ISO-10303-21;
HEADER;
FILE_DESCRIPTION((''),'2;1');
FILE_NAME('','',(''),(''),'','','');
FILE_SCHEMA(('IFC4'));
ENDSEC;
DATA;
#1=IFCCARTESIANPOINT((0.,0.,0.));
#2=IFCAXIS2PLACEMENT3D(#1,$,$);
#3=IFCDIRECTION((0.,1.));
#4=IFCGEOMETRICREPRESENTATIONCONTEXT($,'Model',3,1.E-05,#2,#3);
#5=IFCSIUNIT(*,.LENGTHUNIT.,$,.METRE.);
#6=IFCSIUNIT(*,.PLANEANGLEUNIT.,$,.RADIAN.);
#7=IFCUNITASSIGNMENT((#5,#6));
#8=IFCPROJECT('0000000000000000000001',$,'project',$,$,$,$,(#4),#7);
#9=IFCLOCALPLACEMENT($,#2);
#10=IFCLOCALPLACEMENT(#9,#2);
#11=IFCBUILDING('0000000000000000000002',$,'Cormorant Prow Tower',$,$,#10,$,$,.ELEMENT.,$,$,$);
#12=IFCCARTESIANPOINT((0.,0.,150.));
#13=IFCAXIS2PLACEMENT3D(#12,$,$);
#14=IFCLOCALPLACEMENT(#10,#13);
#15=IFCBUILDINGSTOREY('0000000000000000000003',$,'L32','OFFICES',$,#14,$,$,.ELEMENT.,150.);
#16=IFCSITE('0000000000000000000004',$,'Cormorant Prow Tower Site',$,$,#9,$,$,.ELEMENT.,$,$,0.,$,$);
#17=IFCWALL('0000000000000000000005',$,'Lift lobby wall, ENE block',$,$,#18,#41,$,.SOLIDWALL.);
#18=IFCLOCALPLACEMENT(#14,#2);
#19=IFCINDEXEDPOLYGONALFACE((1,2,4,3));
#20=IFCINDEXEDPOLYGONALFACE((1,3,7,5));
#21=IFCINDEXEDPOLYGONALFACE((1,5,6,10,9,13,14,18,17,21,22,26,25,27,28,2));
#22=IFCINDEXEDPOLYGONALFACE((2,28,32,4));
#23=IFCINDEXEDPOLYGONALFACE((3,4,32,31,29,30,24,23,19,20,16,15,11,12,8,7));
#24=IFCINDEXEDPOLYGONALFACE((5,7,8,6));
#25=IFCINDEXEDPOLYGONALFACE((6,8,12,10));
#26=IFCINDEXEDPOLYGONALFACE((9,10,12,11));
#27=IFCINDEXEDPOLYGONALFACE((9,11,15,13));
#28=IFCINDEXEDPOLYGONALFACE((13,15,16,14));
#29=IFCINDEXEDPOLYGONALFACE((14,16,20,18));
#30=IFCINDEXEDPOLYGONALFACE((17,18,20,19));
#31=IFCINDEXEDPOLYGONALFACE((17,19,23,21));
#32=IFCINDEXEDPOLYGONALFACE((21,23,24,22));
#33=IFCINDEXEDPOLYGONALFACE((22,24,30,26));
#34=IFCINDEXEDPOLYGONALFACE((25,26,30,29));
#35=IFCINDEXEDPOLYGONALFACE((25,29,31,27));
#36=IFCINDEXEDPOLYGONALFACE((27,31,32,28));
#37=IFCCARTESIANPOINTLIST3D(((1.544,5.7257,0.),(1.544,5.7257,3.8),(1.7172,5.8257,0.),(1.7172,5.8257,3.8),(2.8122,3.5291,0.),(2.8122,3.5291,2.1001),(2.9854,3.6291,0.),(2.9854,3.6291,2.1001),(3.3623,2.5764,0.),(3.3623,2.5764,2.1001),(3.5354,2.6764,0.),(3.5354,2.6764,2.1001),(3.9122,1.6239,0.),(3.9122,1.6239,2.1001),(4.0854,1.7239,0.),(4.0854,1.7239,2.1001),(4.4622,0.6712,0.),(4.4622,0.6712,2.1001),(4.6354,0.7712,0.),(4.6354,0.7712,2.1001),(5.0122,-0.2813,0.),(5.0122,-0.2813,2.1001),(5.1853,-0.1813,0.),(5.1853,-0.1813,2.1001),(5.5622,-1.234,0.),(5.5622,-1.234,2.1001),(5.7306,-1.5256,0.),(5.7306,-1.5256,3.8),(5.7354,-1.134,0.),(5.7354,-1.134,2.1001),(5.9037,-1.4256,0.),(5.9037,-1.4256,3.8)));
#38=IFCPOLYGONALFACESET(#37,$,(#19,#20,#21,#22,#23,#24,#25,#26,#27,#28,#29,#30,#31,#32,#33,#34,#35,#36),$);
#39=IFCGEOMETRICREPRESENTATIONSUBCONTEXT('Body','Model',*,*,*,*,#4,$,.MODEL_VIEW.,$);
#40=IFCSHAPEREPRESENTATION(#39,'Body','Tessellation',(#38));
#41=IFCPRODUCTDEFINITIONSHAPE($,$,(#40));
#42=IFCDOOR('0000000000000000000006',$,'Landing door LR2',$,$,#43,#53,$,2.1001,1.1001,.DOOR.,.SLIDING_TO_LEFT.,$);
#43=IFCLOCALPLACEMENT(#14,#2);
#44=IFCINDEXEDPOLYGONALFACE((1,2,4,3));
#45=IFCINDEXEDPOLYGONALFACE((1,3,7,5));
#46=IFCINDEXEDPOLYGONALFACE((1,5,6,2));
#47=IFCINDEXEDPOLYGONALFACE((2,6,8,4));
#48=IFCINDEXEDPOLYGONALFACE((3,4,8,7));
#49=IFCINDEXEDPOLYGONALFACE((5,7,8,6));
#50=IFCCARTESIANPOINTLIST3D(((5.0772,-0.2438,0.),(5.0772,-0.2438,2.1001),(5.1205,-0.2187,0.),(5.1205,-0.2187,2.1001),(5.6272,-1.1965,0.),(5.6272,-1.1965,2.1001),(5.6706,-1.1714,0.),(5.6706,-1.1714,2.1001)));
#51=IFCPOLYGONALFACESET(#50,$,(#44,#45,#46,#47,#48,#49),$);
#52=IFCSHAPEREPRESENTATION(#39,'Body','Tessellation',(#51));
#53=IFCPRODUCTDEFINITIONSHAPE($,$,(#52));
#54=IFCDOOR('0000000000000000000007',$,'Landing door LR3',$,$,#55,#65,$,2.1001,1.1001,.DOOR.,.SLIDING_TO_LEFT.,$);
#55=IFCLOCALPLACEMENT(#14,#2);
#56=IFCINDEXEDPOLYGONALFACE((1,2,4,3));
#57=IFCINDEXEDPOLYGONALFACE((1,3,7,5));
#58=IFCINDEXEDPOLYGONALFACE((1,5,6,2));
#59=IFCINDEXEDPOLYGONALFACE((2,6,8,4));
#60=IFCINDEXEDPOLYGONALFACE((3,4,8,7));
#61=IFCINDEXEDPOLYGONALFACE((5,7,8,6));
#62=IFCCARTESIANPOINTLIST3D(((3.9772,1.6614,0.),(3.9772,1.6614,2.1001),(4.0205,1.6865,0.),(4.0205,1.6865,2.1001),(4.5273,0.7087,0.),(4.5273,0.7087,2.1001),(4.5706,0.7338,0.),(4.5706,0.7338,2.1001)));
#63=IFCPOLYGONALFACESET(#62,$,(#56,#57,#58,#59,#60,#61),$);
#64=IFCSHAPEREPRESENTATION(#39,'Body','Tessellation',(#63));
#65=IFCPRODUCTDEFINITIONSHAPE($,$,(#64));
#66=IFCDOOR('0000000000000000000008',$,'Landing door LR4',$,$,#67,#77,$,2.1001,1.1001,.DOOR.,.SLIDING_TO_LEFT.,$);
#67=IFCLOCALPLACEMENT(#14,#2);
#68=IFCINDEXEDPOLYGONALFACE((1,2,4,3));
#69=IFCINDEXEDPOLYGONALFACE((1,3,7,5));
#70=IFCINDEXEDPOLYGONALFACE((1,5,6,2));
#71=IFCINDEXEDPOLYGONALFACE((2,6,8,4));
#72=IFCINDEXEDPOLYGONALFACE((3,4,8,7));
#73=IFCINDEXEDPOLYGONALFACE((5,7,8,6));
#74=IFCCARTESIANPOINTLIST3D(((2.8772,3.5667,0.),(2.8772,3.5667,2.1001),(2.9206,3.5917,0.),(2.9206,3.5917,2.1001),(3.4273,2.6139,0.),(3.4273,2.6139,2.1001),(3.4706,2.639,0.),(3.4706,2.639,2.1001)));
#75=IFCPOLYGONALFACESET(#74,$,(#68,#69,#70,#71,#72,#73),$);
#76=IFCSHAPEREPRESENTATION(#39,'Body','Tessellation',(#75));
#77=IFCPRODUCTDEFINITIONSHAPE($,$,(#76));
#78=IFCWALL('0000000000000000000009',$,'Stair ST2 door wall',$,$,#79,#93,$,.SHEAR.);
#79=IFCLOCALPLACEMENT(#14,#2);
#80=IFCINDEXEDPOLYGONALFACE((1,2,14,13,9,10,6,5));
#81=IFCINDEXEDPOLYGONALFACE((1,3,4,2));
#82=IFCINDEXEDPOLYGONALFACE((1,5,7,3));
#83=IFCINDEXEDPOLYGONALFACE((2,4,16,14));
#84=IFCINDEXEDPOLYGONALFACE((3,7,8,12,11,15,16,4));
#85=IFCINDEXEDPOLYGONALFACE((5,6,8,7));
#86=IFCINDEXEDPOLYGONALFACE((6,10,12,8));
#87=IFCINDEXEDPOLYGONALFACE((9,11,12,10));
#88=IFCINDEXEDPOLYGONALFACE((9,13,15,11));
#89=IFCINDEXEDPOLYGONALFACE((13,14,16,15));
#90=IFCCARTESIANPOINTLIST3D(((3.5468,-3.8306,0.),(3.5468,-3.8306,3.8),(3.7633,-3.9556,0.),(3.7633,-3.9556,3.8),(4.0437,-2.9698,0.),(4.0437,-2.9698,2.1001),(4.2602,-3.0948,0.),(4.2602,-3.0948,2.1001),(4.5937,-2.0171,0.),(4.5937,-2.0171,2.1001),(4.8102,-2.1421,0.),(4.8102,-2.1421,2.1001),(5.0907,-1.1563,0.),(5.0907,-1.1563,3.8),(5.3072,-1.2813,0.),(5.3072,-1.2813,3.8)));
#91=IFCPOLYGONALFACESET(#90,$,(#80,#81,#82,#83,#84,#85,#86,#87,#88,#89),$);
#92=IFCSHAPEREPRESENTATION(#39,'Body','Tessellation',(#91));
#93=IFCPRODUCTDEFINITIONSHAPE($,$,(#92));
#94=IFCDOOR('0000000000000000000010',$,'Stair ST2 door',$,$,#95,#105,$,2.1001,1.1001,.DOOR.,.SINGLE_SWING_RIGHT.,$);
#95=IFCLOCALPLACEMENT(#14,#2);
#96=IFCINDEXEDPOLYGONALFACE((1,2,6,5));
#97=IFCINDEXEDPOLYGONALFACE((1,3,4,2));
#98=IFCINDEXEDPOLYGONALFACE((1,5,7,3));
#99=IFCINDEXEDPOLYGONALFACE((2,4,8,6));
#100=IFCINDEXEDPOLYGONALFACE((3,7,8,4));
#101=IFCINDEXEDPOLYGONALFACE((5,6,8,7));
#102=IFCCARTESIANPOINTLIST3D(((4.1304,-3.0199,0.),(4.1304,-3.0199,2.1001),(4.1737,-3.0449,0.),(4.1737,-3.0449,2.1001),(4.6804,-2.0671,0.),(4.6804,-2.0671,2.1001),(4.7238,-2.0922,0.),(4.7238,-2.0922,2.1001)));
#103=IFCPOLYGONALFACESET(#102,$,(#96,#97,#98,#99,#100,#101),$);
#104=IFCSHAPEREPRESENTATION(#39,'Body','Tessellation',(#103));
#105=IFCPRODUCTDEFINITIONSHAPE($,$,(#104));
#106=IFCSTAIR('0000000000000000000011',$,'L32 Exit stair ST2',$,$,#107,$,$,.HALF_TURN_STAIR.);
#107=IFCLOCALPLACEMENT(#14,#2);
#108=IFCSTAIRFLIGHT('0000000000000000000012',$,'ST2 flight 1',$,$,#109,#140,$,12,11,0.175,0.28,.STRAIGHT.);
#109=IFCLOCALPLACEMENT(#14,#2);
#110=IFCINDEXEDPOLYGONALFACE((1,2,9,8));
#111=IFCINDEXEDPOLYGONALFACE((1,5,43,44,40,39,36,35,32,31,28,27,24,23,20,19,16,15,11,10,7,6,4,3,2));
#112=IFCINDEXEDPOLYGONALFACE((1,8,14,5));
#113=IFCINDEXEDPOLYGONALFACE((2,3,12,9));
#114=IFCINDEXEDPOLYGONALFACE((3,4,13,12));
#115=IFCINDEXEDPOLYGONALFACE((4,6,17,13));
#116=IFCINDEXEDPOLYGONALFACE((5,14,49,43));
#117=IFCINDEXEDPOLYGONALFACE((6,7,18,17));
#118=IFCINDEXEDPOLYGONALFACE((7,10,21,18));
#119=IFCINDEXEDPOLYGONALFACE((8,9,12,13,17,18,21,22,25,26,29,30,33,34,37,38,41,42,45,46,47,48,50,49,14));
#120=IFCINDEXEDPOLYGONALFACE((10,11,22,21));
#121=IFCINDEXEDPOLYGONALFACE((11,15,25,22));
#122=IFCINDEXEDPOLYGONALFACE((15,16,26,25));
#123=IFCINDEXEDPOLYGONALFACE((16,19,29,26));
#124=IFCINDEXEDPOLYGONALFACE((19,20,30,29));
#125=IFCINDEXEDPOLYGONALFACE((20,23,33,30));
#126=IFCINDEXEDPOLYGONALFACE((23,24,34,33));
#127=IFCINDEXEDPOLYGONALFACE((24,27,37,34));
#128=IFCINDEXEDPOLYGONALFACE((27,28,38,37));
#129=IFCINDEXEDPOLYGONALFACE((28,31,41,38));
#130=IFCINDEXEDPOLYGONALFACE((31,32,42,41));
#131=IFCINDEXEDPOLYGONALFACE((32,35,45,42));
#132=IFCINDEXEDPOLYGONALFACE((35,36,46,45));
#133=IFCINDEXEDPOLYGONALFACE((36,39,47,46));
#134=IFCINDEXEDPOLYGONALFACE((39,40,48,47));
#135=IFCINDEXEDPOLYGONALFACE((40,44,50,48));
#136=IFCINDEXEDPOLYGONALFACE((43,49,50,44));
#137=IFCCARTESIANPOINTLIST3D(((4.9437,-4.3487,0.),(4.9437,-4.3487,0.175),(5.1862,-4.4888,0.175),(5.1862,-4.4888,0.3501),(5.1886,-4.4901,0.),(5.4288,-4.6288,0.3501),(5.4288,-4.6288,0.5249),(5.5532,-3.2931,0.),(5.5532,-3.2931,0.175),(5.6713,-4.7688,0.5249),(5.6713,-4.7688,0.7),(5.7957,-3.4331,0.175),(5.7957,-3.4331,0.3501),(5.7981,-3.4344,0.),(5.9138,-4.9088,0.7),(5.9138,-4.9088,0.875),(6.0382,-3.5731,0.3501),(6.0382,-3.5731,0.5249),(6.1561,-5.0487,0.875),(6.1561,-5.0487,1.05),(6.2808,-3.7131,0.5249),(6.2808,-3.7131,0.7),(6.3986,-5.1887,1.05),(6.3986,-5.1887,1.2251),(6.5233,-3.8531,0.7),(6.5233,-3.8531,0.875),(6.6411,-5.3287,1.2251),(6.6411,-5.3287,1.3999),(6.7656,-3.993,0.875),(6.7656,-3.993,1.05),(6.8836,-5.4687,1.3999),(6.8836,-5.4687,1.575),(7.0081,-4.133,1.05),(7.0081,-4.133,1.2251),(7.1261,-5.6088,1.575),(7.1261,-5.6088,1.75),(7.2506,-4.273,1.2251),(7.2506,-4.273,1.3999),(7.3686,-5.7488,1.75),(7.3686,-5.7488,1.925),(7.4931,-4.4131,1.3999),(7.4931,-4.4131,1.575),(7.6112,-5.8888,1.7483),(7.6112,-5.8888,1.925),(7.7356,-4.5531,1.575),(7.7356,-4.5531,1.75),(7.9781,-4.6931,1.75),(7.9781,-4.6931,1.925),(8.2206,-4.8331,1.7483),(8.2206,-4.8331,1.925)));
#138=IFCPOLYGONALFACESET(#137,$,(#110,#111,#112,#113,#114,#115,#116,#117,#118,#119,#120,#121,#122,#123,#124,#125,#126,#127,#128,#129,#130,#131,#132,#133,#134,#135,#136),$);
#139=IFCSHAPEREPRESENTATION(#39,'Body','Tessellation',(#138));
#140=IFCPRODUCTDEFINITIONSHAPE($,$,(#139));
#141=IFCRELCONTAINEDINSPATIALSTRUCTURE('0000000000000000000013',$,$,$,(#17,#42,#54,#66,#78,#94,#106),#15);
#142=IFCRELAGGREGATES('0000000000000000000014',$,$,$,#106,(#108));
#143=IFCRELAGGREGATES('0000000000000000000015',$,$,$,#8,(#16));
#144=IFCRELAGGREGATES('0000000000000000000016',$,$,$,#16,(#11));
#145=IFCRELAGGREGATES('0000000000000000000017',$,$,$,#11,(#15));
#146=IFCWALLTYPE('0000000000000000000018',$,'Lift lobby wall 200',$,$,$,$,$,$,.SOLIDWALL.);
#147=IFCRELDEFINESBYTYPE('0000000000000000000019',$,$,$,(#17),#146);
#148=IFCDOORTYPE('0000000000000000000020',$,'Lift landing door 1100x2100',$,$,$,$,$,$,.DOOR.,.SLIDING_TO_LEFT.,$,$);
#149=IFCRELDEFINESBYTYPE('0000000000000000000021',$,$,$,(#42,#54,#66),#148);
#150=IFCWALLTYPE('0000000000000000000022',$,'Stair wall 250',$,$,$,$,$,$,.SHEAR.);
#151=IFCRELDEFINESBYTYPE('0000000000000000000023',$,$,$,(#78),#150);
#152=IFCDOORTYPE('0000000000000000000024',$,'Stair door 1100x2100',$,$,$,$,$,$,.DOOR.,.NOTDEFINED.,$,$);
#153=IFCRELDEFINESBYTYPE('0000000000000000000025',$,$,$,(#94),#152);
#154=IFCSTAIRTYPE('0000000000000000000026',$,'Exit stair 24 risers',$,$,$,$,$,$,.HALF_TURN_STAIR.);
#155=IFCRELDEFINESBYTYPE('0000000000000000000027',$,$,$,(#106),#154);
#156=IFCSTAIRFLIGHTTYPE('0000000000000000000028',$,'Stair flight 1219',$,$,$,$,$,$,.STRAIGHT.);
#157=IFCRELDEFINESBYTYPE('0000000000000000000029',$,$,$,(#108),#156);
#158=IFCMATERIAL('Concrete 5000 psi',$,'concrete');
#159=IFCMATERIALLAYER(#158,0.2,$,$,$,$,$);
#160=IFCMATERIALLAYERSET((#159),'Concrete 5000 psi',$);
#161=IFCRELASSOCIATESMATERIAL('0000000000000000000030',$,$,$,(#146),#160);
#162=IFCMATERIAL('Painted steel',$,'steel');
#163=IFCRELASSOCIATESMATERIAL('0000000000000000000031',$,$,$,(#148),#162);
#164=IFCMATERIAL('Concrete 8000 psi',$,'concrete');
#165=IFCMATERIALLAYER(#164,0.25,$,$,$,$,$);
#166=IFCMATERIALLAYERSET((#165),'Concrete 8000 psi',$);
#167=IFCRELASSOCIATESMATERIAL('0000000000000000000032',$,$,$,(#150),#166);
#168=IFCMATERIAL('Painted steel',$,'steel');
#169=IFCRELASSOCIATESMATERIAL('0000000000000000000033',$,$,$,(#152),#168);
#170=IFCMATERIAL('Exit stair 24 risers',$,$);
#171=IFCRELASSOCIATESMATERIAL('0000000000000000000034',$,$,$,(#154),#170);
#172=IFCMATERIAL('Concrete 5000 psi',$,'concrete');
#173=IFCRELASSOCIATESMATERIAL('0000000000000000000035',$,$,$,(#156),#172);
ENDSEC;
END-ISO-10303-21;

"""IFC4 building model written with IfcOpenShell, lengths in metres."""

from ifc_helpers import new_model, si_unit, direction, frame, frame_2d, origin, place, context, subcontext, project, spatial, polyline, rectangle, outline, extrude, material, layer, layer_set, type_object, element, fill, aggregate, save


model = new_model("IFC4")

# Units and contexts
model_context = context("Model", 3, precision=1e-05, world=origin(), true_north=direction((0.0, 1.0)))
body_context = subcontext(model_context, "Body", "Model", "MODEL_VIEW")
ifc_project = project(units=[si_unit("LENGTHUNIT", "METRE"), si_unit("PLANEANGLEUNIT", "RADIAN")], contexts=[model_context])

# Site, building, storey
site_placement = place(None, origin())
site = spatial("IfcSite", under=ifc_project, at=site_placement, Name="Cormorant Prow Tower Site", CompositionType="ELEMENT", RefElevation=0.0)
building_placement = place(site_placement, origin())
building = spatial("IfcBuilding", under=site, at=building_placement, Name="Cormorant Prow Tower", CompositionType="ELEMENT")
storey_placement = place(building_placement, frame((0.0, 0.0, 150.0)))
storey = spatial("IfcBuildingStorey", under=building, at=storey_placement, Name="L32", Description="OFFICES", CompositionType="ELEMENT", Elevation=150.0)

# Wall, openings, doors
ifc_material_1 = material(Name="Concrete 5000 psi", Category="concrete")
ifc_layer_1 = layer(ifc_material_1, 0.2)
ifc_layer_set_1 = layer_set([ifc_layer_1], Name="Concrete 5000 psi")
wall_type_1 = type_object("IfcWallType", Name="Lift lobby wall 200", PredefinedType="SOLIDWALL", material=ifc_layer_set_1)
wall_1_placement = place(storey_placement, frame((5.8171, -1.4756, 0.0), z_axis=(0.0, 0.0, 1.0), x_axis=(-0.500003, 0.866024, 0.0)))
wall_1 = element("IfcWall", 1, at=wall_1_placement, inside=storey, type_object=wall_type_1, Name="Lift lobby wall, ENE block", PredefinedType="SOLIDWALL", context=body_context, shape_type="SweptSolid", body=[
    extrude(rectangle(XDim=8.373, YDim=0.2, at=frame_2d((4.1865, 0.0))), origin(), (0.0, 0.0, 1.0), 3.8),
])
opening_1_placement = place(wall_1_placement, frame((0.3367, 0.0, 0.0)))
opening_1 = element("IfcOpeningElement", 2, at=opening_1_placement, cuts=wall_1, PredefinedType="OPENING", context=body_context, shape_type="SweptSolid", body=[
    extrude(rectangle(XDim=1.1001, YDim=2.1001, at=frame_2d((0.55, 1.05))), frame((0.0, 0.1099, 0.0), z_axis=(0.0, -1.0, 0.0), x_axis=(1.0, 0.0, 0.0)), (0.0, 0.0, 1.0), 0.22),
])
opening_2_placement = place(wall_1_placement, frame((2.5366, 0.0, 0.0)))
opening_2 = element("IfcOpeningElement", 3, at=opening_2_placement, cuts=wall_1, PredefinedType="OPENING", context=body_context, shape_type="SweptSolid", body=[
    extrude(rectangle(XDim=1.1001, YDim=2.1001, at=frame_2d((0.55, 1.05))), frame((0.0, 0.1099, 0.0), z_axis=(0.0, -1.0, 0.0), x_axis=(1.0, 0.0, 0.0)), (0.0, 0.0, 1.0), 0.22),
])
opening_3_placement = place(wall_1_placement, frame((4.7366, 0.0, 0.0)))
opening_3 = element("IfcOpeningElement", 4, at=opening_3_placement, cuts=wall_1, PredefinedType="OPENING", context=body_context, shape_type="SweptSolid", body=[
    extrude(rectangle(XDim=1.1001, YDim=2.1001, at=frame_2d((0.55, 1.05))), frame((0.0, 0.1099, 0.0), z_axis=(0.0, -1.0, 0.0), x_axis=(1.0, 0.0, 0.0)), (0.0, 0.0, 1.0), 0.22),
])
ifc_material_2 = material(Name="Painted steel", Category="steel")
door_type_1 = type_object("IfcDoorType", Name="Lift landing door 1100x2100", OperationType="SLIDING_TO_LEFT", PredefinedType="DOOR", material=ifc_material_2)
door_1_placement = place(opening_1_placement, origin())
door_1 = element("IfcDoor", 5, at=door_1_placement, inside=storey, type_object=door_type_1, Name="Landing door LR2", OperationType="SLIDING_TO_LEFT", OverallHeight=2.1001, OverallWidth=1.1001, PredefinedType="DOOR", context=body_context, shape_type="SweptSolid", body=[
    extrude(rectangle(XDim=1.1001, YDim=2.1001, at=frame_2d((0.55, 1.05))), frame((0.0, 0.0249, 0.0), z_axis=(0.0, -1.0, 0.0), x_axis=(1.0, 0.0, 0.0)), (0.0, 0.0, 1.0), 0.05),
])
fill(opening_1, door_1)
door_2_placement = place(opening_2_placement, origin())
door_2 = element("IfcDoor", 6, at=door_2_placement, inside=storey, type_object=door_type_1, Name="Landing door LR3", OperationType="SLIDING_TO_LEFT", OverallHeight=2.1001, OverallWidth=1.1001, PredefinedType="DOOR", context=body_context, shape_type="SweptSolid", body=[
    extrude(rectangle(XDim=1.1001, YDim=2.1001, at=frame_2d((0.55, 1.05))), frame((0.0, 0.0249, 0.0), z_axis=(0.0, -1.0, 0.0), x_axis=(1.0, 0.0, 0.0)), (0.0, 0.0, 1.0), 0.05),
])
fill(opening_2, door_2)
door_3_placement = place(opening_3_placement, origin())
door_3 = element("IfcDoor", 7, at=door_3_placement, inside=storey, type_object=door_type_1, Name="Landing door LR4", OperationType="SLIDING_TO_LEFT", OverallHeight=2.1001, OverallWidth=1.1001, PredefinedType="DOOR", context=body_context, shape_type="SweptSolid", body=[
    extrude(rectangle(XDim=1.1001, YDim=2.1001, at=frame_2d((0.55, 1.05))), frame((0.0, 0.0249, 0.0), z_axis=(0.0, -1.0, 0.0), x_axis=(1.0, 0.0, 0.0)), (0.0, 0.0, 1.0), 0.05),
])
fill(opening_3, door_3)

# Wall, opening, door
ifc_material_3 = material(Name="Concrete 8000 psi", Category="concrete")
ifc_layer_2 = layer(ifc_material_3, 0.25)
ifc_layer_set_2 = layer_set([ifc_layer_2], Name="Concrete 8000 psi")
wall_type_2 = type_object("IfcWallType", Name="Stair wall 250", PredefinedType="SHEAR", material=ifc_layer_set_2)
wall_2_placement = place(storey_placement, frame((3.655, -3.8931, 0.0), z_axis=(0.0, 0.0, 1.0), x_axis=(0.499983, 0.866035, 0.0)))
wall_2 = element("IfcWall", 8, at=wall_2_placement, inside=storey, type_object=wall_type_2, Name="Stair ST2 door wall", PredefinedType="SHEAR", context=body_context, shape_type="SweptSolid", body=[
    extrude(rectangle(XDim=3.0879, YDim=0.25, at=frame_2d((1.5439, 0.0))), origin(), (0.0, 0.0, 1.0), 3.8),
])
opening_4_placement = place(wall_2_placement, frame((0.9939, 0.0, 0.0)))
opening_4 = element("IfcOpeningElement", 9, at=opening_4_placement, cuts=wall_2, PredefinedType="OPENING", context=body_context, shape_type="SweptSolid", body=[
    extrude(rectangle(XDim=1.1001, YDim=2.1001, at=frame_2d((0.55, 1.05))), frame((0.0, 0.135, 0.0), z_axis=(0.0, -1.0, 0.0), x_axis=(1.0, 0.0, 0.0)), (0.0, 0.0, 1.0), 0.27),
])
ifc_material_4 = material(Name="Painted steel", Category="steel")
door_type_2 = type_object("IfcDoorType", Name="Stair door 1100x2100", OperationType="NOTDEFINED", PredefinedType="DOOR", material=ifc_material_4)
door_4_placement = place(opening_4_placement, origin())
door_4 = element("IfcDoor", 10, at=door_4_placement, inside=storey, type_object=door_type_2, Name="Stair ST2 door", OperationType="SINGLE_SWING_RIGHT", OverallHeight=2.1001, OverallWidth=1.1001, PredefinedType="DOOR", context=body_context, shape_type="SweptSolid", body=[
    extrude(rectangle(XDim=1.1001, YDim=2.1001, at=frame_2d((0.55, 1.05))), frame((0.0, 0.0249, 0.0), z_axis=(0.0, -1.0, 0.0), x_axis=(1.0, 0.0, 0.0)), (0.0, 0.0, 1.0), 0.05),
])
fill(opening_4, door_4)

# Stair, stair flight
ifc_material_5 = material(Name="Exit stair 24 risers")
stair_type = type_object("IfcStairType", Name="Exit stair 24 risers", PredefinedType="HALF_TURN_STAIR", material=ifc_material_5)
stair_placement = place(storey_placement, origin())
stair = element("IfcStair", 11, at=stair_placement, inside=storey, type_object=stair_type, Name="L32 Exit stair ST2", PredefinedType="HALF_TURN_STAIR")
ifc_material_6 = material(Name="Concrete 5000 psi", Category="concrete")
stair_flight_type = type_object("IfcStairFlightType", Name="Stair flight 1219", PredefinedType="STRAIGHT", material=ifc_material_6)
stair_flight_1_placement = place(storey_placement, frame((5.2485, -3.8208, 0.0), z_axis=(0.0, 0.0, 1.0), x_axis=(0.866025, -0.5, 0.0)))
stair_flight_1 = element("IfcStairFlight", 12, at=stair_flight_1_placement, type_object=stair_flight_type, Name="ST2 flight 1", NumberOfRisers=12, NumberOfTreads=11, PredefinedType="STRAIGHT", RiserHeight=0.175, TreadLength=0.28, context=body_context, shape_type="SweptSolid", body=[
    extrude(outline(polyline([(0.0, 0.0), (0.0, 0.175), (0.28, 0.175), (0.28, 0.3501), (0.5601, 0.3501), (0.5601, 0.5249), (0.8401, 0.5249), (0.8401, 0.7), (1.1201, 0.7), (1.1201, 0.875), (1.3999, 0.875), (1.3999, 1.05), (1.6799, 1.05), (1.6799, 1.2251), (1.96, 1.2251), (1.96, 1.3999), (2.24, 1.3999), (2.24, 1.575), (2.52, 1.575), (2.52, 1.75), (2.8, 1.75), (2.8, 1.925), (3.0801, 1.925), (3.0801, 2.1001), (3.0801, 1.7483), (0.2827, 0.0), (0.0, 0.0)])), frame((0.0, 0.6094, 0.0), z_axis=(0.0, -1.0, 0.0), x_axis=(1.0, 0.0, 0.0)), (0.0, 0.0, 1.0), 1.219),
])
aggregate(stair, [stair_flight_1])

save(model, "model.ifc")
